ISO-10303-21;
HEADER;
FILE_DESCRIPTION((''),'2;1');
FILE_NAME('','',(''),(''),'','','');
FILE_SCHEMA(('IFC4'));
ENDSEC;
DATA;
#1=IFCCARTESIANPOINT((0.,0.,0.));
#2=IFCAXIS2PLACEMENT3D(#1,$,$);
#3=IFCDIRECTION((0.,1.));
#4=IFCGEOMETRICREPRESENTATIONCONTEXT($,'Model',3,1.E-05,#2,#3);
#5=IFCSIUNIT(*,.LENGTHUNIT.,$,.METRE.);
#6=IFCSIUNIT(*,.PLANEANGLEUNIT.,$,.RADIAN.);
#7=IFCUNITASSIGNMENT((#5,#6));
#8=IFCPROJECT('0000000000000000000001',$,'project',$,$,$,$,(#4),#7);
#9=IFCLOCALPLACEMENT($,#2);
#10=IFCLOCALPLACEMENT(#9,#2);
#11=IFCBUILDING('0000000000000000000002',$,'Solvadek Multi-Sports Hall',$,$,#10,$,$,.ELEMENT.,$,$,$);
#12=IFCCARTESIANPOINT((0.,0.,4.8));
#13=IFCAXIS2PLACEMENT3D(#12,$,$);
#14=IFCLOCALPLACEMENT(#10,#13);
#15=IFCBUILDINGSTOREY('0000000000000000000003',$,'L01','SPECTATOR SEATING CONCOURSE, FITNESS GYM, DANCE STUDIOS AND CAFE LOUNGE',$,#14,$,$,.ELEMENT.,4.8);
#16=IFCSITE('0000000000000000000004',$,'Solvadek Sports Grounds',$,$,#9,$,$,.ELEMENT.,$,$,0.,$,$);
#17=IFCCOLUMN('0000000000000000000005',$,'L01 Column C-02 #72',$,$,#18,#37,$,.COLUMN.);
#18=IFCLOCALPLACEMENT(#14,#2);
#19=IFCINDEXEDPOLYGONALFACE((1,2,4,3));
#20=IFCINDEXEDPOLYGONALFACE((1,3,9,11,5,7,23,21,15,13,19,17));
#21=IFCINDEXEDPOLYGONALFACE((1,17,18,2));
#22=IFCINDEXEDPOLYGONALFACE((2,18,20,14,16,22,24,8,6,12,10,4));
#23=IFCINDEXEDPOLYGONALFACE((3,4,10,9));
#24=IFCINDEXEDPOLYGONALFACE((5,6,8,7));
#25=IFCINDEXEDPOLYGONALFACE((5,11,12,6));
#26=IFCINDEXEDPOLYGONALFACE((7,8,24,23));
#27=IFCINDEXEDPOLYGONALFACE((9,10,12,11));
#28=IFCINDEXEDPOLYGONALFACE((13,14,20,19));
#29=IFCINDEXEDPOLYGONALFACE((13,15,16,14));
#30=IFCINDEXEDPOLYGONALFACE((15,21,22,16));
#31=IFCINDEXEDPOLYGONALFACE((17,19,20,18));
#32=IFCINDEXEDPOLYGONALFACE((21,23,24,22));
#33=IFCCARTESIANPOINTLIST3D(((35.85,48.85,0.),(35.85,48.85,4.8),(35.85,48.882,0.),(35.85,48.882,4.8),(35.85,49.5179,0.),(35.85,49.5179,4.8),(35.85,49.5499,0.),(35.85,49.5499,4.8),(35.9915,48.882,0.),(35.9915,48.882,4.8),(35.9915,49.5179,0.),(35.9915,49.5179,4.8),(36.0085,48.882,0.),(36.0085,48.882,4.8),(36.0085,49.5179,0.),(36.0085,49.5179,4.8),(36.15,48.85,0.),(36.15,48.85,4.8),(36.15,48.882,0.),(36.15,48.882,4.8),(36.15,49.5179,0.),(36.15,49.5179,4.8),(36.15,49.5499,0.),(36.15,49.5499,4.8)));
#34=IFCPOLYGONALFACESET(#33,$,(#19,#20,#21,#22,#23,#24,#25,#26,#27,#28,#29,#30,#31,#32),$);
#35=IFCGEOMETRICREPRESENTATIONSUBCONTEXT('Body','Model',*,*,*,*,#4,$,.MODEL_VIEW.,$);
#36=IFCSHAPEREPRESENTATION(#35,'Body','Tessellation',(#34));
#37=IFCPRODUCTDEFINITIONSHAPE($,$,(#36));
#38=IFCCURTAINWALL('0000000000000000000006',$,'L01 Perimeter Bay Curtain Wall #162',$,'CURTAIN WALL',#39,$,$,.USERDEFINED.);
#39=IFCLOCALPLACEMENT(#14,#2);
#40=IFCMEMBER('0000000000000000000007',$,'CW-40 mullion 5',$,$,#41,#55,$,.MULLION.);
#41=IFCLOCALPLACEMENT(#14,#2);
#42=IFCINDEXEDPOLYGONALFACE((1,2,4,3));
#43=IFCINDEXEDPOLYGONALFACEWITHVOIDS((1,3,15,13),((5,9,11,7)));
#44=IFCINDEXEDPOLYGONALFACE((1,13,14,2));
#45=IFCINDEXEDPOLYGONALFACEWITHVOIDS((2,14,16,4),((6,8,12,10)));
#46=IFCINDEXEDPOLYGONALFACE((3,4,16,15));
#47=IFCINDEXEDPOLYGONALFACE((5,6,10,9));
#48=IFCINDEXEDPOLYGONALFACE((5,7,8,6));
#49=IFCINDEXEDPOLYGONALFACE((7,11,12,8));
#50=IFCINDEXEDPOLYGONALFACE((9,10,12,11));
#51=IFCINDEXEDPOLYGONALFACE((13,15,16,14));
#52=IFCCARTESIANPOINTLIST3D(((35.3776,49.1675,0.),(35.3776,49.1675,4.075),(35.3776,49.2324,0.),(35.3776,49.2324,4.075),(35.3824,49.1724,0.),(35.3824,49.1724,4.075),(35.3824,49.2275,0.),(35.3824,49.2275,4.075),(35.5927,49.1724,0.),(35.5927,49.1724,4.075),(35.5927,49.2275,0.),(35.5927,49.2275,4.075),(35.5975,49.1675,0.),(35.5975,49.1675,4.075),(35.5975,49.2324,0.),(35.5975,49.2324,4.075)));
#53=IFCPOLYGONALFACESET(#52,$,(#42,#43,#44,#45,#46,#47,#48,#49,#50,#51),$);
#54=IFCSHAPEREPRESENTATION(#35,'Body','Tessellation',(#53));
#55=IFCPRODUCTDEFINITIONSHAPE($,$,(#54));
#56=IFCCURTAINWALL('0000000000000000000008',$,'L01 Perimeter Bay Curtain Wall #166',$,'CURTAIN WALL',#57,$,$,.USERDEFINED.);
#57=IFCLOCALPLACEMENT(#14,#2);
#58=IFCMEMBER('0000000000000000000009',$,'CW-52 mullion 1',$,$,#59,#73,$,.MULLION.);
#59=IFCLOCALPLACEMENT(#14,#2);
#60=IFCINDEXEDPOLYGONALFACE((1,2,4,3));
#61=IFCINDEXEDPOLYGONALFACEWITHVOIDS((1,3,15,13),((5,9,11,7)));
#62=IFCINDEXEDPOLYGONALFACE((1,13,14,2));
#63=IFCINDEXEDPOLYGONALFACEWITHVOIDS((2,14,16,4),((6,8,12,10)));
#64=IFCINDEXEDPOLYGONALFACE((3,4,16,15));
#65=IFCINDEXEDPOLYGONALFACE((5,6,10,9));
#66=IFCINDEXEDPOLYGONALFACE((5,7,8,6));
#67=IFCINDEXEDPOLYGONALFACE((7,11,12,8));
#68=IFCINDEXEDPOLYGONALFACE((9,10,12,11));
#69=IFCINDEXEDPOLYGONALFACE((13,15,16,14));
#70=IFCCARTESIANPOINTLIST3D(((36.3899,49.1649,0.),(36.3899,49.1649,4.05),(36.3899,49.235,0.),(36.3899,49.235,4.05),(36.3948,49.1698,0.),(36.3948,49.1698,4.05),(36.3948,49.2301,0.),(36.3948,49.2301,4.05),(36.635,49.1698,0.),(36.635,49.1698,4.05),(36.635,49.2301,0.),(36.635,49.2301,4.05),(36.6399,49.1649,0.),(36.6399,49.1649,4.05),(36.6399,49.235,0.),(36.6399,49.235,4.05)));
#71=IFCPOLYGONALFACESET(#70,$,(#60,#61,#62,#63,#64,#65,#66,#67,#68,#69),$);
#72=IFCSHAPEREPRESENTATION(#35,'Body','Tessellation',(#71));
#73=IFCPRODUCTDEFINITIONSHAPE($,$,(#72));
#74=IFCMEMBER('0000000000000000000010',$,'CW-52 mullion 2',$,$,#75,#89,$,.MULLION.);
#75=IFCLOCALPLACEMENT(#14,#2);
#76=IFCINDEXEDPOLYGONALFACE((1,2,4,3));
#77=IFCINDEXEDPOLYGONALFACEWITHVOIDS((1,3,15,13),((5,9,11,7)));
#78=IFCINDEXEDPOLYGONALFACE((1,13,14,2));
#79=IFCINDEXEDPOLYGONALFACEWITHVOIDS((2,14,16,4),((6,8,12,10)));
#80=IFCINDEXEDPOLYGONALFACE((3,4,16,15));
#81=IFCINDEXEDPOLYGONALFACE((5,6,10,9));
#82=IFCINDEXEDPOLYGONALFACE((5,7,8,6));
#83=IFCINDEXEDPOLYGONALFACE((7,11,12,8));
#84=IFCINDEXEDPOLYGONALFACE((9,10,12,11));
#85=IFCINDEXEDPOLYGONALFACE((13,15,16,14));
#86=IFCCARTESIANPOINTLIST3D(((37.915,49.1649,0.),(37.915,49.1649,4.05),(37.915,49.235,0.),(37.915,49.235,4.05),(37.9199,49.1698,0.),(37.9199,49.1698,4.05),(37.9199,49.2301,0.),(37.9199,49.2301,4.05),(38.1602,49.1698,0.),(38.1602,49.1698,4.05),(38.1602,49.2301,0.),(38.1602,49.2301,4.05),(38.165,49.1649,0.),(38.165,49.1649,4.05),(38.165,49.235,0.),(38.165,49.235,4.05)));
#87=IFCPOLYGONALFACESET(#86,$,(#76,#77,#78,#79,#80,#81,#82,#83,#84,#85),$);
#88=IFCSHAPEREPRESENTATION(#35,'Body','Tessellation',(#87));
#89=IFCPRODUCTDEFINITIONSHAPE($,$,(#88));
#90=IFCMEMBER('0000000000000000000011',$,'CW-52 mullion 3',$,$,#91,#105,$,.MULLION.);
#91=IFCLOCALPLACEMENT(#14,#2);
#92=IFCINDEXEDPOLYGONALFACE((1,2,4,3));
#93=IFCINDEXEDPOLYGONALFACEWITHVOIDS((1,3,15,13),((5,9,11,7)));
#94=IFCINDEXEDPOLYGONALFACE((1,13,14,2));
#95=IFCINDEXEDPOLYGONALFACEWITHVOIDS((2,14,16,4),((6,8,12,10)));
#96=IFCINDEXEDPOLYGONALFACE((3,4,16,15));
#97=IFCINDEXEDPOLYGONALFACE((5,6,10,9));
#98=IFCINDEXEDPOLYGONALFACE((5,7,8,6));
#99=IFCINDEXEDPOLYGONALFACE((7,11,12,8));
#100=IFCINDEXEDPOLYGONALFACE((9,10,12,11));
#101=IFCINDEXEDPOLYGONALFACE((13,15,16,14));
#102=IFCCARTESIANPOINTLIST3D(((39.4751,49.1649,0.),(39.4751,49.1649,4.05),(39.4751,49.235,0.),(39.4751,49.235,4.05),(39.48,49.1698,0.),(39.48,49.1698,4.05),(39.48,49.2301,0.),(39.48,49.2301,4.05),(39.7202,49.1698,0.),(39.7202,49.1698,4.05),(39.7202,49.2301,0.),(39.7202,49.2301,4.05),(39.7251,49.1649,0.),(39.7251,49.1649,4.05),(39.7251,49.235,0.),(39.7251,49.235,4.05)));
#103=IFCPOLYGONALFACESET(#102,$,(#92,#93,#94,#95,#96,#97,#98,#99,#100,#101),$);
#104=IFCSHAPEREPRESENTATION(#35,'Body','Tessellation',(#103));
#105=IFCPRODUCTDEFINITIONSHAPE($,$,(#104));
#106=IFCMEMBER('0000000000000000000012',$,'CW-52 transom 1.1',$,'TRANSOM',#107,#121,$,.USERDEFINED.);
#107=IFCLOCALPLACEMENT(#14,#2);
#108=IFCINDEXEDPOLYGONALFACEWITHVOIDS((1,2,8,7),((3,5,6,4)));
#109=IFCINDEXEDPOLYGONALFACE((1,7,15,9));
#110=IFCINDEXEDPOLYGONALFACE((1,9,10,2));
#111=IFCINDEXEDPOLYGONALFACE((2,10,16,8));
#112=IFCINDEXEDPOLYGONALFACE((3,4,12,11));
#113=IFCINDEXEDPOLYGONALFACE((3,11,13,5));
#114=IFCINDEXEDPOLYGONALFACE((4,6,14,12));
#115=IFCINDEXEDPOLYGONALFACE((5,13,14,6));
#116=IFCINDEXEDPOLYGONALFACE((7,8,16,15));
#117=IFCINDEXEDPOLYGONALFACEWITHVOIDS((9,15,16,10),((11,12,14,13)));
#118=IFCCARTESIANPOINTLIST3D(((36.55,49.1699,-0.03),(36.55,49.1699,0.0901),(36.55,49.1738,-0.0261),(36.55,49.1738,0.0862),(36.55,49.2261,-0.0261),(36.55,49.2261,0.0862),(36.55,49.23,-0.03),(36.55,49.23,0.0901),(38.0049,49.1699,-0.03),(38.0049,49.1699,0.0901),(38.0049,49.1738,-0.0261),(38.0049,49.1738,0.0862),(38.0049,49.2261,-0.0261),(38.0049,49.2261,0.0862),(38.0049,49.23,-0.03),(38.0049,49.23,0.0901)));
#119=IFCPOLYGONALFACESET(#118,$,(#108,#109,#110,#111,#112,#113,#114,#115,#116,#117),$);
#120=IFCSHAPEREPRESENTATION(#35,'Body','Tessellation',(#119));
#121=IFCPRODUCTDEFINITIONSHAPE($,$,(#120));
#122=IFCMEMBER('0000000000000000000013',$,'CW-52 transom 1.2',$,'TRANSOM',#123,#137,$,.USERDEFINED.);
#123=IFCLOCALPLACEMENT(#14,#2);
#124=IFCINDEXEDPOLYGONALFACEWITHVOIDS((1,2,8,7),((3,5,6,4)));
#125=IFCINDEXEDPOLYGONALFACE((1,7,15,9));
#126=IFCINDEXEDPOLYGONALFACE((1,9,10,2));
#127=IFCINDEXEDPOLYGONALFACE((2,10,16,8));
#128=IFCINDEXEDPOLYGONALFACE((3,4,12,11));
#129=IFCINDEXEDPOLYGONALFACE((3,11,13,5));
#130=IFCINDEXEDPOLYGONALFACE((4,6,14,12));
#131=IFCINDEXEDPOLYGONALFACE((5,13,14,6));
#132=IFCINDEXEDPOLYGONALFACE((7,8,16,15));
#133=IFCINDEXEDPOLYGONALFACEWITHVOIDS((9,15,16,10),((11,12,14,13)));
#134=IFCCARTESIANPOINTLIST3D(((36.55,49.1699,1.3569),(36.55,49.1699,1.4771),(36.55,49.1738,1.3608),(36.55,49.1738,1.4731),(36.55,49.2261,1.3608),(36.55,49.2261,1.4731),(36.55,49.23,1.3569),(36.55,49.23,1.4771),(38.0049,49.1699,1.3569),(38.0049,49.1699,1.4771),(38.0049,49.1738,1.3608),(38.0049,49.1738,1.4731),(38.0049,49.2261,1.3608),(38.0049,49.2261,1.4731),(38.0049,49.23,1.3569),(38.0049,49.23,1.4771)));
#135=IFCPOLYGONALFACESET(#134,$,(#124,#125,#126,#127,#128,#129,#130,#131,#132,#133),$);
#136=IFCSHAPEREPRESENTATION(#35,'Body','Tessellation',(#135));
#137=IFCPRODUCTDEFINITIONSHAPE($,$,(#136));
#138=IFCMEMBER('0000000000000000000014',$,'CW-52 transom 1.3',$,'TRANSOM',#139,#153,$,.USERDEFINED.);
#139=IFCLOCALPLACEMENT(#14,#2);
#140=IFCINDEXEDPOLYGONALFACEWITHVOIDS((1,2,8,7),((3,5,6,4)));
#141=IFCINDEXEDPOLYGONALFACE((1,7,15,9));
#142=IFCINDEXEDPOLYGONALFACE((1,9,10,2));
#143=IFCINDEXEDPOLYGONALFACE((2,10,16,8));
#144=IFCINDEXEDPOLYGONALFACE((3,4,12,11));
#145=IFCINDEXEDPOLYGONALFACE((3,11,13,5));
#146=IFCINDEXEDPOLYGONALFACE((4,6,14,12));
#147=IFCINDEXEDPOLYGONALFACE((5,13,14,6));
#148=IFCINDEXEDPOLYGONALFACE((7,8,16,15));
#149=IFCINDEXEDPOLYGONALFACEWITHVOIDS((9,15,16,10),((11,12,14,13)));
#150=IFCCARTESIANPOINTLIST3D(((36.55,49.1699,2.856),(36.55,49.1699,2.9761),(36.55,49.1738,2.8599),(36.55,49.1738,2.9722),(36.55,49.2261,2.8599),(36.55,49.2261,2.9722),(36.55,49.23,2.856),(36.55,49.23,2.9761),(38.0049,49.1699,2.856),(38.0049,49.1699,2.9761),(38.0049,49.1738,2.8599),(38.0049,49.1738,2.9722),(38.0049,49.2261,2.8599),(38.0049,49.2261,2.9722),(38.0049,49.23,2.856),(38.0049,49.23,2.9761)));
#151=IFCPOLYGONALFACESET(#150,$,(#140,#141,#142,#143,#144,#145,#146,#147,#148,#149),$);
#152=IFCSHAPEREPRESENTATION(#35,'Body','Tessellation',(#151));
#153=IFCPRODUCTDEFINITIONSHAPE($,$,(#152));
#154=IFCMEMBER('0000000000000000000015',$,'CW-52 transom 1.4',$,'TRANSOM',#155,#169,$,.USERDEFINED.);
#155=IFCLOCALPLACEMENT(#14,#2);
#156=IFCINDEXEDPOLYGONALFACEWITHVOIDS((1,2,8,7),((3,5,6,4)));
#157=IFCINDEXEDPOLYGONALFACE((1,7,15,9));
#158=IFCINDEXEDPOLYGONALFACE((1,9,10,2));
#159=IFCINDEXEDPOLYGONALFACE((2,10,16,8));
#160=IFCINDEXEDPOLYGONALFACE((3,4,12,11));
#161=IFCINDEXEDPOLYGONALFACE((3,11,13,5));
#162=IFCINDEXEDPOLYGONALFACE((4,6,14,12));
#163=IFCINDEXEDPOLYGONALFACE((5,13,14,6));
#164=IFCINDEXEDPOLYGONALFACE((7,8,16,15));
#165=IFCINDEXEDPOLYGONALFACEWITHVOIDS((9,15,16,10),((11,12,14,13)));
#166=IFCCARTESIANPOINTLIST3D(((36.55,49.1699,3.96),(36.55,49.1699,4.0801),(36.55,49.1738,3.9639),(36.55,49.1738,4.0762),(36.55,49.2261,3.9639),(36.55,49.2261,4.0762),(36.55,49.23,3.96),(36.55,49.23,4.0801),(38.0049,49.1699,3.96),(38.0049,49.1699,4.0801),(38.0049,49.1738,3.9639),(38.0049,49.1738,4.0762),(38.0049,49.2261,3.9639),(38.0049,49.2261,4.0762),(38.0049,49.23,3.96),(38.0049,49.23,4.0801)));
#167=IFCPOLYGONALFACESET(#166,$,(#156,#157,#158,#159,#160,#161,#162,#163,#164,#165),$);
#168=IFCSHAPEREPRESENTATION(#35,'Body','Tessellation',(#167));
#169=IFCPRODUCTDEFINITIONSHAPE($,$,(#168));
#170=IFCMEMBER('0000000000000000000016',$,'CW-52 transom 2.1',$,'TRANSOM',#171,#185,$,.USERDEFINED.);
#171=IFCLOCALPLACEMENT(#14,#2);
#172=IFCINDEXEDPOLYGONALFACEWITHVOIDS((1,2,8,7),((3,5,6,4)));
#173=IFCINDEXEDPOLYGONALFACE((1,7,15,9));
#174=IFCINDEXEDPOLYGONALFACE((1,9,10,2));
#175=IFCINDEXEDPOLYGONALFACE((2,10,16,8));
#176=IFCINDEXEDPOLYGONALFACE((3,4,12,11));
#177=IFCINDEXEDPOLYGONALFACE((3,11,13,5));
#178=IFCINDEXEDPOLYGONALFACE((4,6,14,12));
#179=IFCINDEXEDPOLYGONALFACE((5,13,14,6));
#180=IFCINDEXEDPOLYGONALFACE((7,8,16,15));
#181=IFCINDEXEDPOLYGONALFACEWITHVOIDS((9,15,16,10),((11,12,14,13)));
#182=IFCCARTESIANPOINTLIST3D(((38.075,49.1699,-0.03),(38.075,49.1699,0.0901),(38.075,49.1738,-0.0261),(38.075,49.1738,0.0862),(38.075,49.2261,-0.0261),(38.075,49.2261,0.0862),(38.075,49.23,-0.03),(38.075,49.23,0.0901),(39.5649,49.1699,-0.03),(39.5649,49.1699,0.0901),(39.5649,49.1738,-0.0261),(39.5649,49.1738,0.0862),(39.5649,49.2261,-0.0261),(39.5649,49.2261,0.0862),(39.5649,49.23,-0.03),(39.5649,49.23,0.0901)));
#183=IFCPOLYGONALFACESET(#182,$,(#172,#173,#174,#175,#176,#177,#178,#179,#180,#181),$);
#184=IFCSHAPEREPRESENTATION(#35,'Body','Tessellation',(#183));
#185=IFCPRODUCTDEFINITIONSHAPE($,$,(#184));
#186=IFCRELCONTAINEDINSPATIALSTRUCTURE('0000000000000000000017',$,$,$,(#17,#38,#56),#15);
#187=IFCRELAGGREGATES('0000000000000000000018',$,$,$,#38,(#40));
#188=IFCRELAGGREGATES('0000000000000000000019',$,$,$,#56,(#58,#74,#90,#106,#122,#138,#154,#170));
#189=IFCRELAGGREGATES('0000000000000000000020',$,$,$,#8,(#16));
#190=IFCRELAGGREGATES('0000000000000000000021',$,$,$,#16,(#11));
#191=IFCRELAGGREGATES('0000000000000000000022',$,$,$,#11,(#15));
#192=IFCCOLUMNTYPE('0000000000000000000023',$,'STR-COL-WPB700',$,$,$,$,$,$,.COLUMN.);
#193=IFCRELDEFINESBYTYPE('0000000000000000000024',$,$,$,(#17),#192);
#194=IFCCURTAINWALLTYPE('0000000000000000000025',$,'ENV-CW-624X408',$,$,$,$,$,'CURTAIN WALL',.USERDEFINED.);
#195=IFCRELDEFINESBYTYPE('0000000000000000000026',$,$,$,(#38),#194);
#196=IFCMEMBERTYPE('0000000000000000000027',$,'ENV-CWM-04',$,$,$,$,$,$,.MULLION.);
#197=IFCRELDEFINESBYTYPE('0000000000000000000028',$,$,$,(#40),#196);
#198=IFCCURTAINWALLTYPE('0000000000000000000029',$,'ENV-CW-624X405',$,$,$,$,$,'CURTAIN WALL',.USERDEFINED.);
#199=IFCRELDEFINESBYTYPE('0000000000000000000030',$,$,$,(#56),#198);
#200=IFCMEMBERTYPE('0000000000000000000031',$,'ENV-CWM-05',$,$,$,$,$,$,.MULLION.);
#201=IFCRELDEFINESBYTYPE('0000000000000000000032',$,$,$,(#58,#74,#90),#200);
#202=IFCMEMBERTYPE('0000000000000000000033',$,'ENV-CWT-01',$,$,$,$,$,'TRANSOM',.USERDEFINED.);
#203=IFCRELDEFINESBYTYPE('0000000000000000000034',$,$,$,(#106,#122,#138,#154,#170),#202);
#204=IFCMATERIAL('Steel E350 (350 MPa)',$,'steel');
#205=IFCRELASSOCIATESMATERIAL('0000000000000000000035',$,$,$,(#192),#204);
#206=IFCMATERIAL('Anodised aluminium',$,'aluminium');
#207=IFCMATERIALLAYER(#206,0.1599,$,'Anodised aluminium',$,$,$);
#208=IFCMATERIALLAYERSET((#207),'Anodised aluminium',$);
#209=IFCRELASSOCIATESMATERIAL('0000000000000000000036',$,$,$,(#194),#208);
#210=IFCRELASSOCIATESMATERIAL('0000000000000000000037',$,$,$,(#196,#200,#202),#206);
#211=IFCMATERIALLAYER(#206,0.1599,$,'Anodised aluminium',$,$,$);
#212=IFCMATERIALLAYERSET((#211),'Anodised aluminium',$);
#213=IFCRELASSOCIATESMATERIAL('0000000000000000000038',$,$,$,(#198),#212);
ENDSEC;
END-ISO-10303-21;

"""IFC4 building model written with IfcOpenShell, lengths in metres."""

from ifc_helpers import new_model, si_unit, direction, frame, origin, origin_2d, place, context, subcontext, project, spatial, hollow_rectangle, i_section, extrude, material, layer, layer_set, material_profile, profile_set, type_object, element, aggregate, save


model = new_model("IFC4")

# Units and contexts
model_context = context("Model", 3, precision=1e-05, world=origin(), true_north=direction((0.0, 1.0)))
body_context = subcontext(model_context, "Body", "Model", "MODEL_VIEW")
ifc_project = project(units=[si_unit("LENGTHUNIT", "METRE"), si_unit("PLANEANGLEUNIT", "RADIAN")], contexts=[model_context])

# Site, building, storey
site_placement = place(None, origin())
site = spatial("IfcSite", under=ifc_project, at=site_placement, Name="Solvadek Sports Grounds", CompositionType="ELEMENT", RefElevation=0.0)
building_placement = place(site_placement, origin())
building = spatial("IfcBuilding", under=site, at=building_placement, Name="Solvadek Multi-Sports Hall", CompositionType="ELEMENT")
storey_placement = place(building_placement, frame((0.0, 0.0, 4.8)))
storey = spatial("IfcBuildingStorey", under=building, at=storey_placement, Name="L01", Description="SPECTATOR SEATING CONCOURSE, FITNESS GYM, DANCE STUDIOS AND CAFE LOUNGE", CompositionType="ELEMENT", Elevation=4.8)

# Column
ifc_material_1 = material(Name="Steel E350 (350 MPa)", Category="steel")
ifc_material_profile_1 = material_profile(ifc_material_1, i_section(OverallWidth=0.3, OverallDepth=0.7, WebThickness=0.0171, FlangeThickness=0.032, at=origin_2d()), Name="WPB 700")
ifc_profile_set_1 = profile_set([ifc_material_profile_1], Name="Steel E350 (350 MPa)")
column_type = type_object("IfcColumnType", Name="STR-COL-WPB700", PredefinedType="COLUMN", material=ifc_profile_set_1)
column_placement = place(storey_placement, frame((36.0, 49.2, 0.0), z_axis=(0.0, 0.0, 1.0), x_axis=(1.0, 0.0, 0.0)))
element("IfcColumn", 1, at=column_placement, inside=storey, type_object=column_type, Name="L01 Column C-02 #72", PredefinedType="COLUMN", context=body_context, shape_type="SweptSolid", body=[
    extrude(i_section(OverallWidth=0.3, OverallDepth=0.7, WebThickness=0.0171, FlangeThickness=0.032, at=origin_2d()), origin(), (0.0, 0.0, 1.0), 4.8),
])

# Curtain wall, member
ifc_material_2 = material(Name="Anodised aluminium", Category="aluminium")
ifc_layer_1 = layer(ifc_material_2, 0.1599, Name="Anodised aluminium")
ifc_layer_set_1 = layer_set([ifc_layer_1], Name="Anodised aluminium")
curtain_wall_type_1 = type_object("IfcCurtainWallType", Name="ENV-CW-624X408", ElementType="CURTAIN WALL", PredefinedType="USERDEFINED", material=ifc_layer_set_1)
curtain_wall_1_placement = place(storey_placement, origin())
curtain_wall_1 = element("IfcCurtainWall", 2, at=curtain_wall_1_placement, inside=storey, type_object=curtain_wall_type_1, Name="L01 Perimeter Bay Curtain Wall #162", ObjectType="CURTAIN WALL", PredefinedType="USERDEFINED")
ifc_material_profile_2 = material_profile(ifc_material_2, hollow_rectangle(XDim=0.0649, YDim=0.22, WallThickness=0.0049, at=origin_2d()), Name="ALU-M 220x65x5")
ifc_profile_set_2 = profile_set([ifc_material_profile_2], Name="Anodised aluminium")
member_type_1 = type_object("IfcMemberType", Name="ENV-CWM-04", PredefinedType="MULLION", material=ifc_profile_set_2)
member_1_placement = place(storey_placement, frame((35.4875, 49.2, 0.0), z_axis=(0.0, 0.0, 1.0), x_axis=(0.0, 1.0, 0.0)))
member_1 = element("IfcMember", 3, at=member_1_placement, type_object=member_type_1, Name="CW-40 mullion 5", PredefinedType="MULLION", context=body_context, shape_type="SweptSolid", body=[
    extrude(hollow_rectangle(XDim=0.0649, YDim=0.22, WallThickness=0.0049, at=origin_2d()), origin(), (0.0, 0.0, 1.0), 4.075),
])

# Curtain wall, members
ifc_layer_2 = layer(ifc_material_2, 0.1599, Name="Anodised aluminium")
ifc_layer_set_2 = layer_set([ifc_layer_2], Name="Anodised aluminium")
curtain_wall_type_2 = type_object("IfcCurtainWallType", Name="ENV-CW-624X405", ElementType="CURTAIN WALL", PredefinedType="USERDEFINED", material=ifc_layer_set_2)
curtain_wall_2_placement = place(storey_placement, origin())
curtain_wall_2 = element("IfcCurtainWall", 4, at=curtain_wall_2_placement, inside=storey, type_object=curtain_wall_type_2, Name="L01 Perimeter Bay Curtain Wall #166", ObjectType="CURTAIN WALL", PredefinedType="USERDEFINED")
ifc_material_profile_3 = material_profile(ifc_material_2, hollow_rectangle(XDim=0.0701, YDim=0.25, WallThickness=0.0049, at=origin_2d()), Name="ALU-M 250x70x5")
ifc_profile_set_3 = profile_set([ifc_material_profile_3], Name="Anodised aluminium")
member_type_2 = type_object("IfcMemberType", Name="ENV-CWM-05", PredefinedType="MULLION", material=ifc_profile_set_3)
member_2_placement = place(storey_placement, frame((36.5149, 49.2, 0.0), z_axis=(0.0, 0.0, 1.0), x_axis=(0.0, 1.0, 0.0)))
member_2 = element("IfcMember", 5, at=member_2_placement, type_object=member_type_2, Name="CW-52 mullion 1", PredefinedType="MULLION", context=body_context, shape_type="SweptSolid", body=[
    extrude(hollow_rectangle(XDim=0.0701, YDim=0.25, WallThickness=0.0049, at=origin_2d()), origin(), (0.0, 0.0, 1.0), 4.05),
])
member_3_placement = place(storey_placement, frame((38.04, 49.2, 0.0), z_axis=(0.0, 0.0, 1.0), x_axis=(0.0, 1.0, 0.0)))
member_3 = element("IfcMember", 6, at=member_3_placement, type_object=member_type_2, Name="CW-52 mullion 2", PredefinedType="MULLION", context=body_context, shape_type="SweptSolid", body=[
    extrude(hollow_rectangle(XDim=0.0701, YDim=0.25, WallThickness=0.0049, at=origin_2d()), origin(), (0.0, 0.0, 1.0), 4.05),
])
member_4_placement = place(storey_placement, frame((39.6001, 49.2, 0.0), z_axis=(0.0, 0.0, 1.0), x_axis=(0.0, 1.0, 0.0)))
member_4 = element("IfcMember", 7, at=member_4_placement, type_object=member_type_2, Name="CW-52 mullion 3", PredefinedType="MULLION", context=body_context, shape_type="SweptSolid", body=[
    extrude(hollow_rectangle(XDim=0.0701, YDim=0.25, WallThickness=0.0049, at=origin_2d()), origin(), (0.0, 0.0, 1.0), 4.05),
])
ifc_material_profile_4 = material_profile(ifc_material_2, hollow_rectangle(XDim=0.0601, YDim=0.1201, WallThickness=0.0039, at=origin_2d()), Name="ALU-T 120x60x4")
ifc_profile_set_4 = profile_set([ifc_material_profile_4], Name="Anodised aluminium")
member_type_3 = type_object("IfcMemberType", Name="ENV-CWT-01", ElementType="TRANSOM", PredefinedType="USERDEFINED", material=ifc_profile_set_4)
member_5_placement = place(storey_placement, frame((36.55, 49.2, 0.03), z_axis=(1.0, 0.0, 0.0), x_axis=(0.0, 1.0, 0.0)))
member_5 = element("IfcMember", 8, at=member_5_placement, type_object=member_type_3, Name="CW-52 transom 1.1", ObjectType="TRANSOM", PredefinedType="USERDEFINED", context=body_context, shape_type="SweptSolid", body=[
    extrude(hollow_rectangle(XDim=0.0601, YDim=0.1201, WallThickness=0.0039, at=origin_2d()), origin(), (0.0, 0.0, 1.0), 1.4548),
])
member_6_placement = place(storey_placement, frame((36.55, 49.2, 1.417), z_axis=(1.0, 0.0, 0.0), x_axis=(0.0, 1.0, 0.0)))
member_6 = element("IfcMember", 9, at=member_6_placement, type_object=member_type_3, Name="CW-52 transom 1.2", ObjectType="TRANSOM", PredefinedType="USERDEFINED", context=body_context, shape_type="SweptSolid", body=[
    extrude(hollow_rectangle(XDim=0.0601, YDim=0.1201, WallThickness=0.0039, at=origin_2d()), origin(), (0.0, 0.0, 1.0), 1.4548),
])
member_7_placement = place(storey_placement, frame((36.55, 49.2, 2.916), z_axis=(1.0, 0.0, 0.0), x_axis=(0.0, 1.0, 0.0)))
member_7 = element("IfcMember", 10, at=member_7_placement, type_object=member_type_3, Name="CW-52 transom 1.3", ObjectType="TRANSOM", PredefinedType="USERDEFINED", context=body_context, shape_type="SweptSolid", body=[
    extrude(hollow_rectangle(XDim=0.0601, YDim=0.1201, WallThickness=0.0039, at=origin_2d()), origin(), (0.0, 0.0, 1.0), 1.4548),
])
member_8_placement = place(storey_placement, frame((36.55, 49.2, 4.02), z_axis=(1.0, 0.0, 0.0), x_axis=(0.0, 1.0, 0.0)))
member_8 = element("IfcMember", 11, at=member_8_placement, type_object=member_type_3, Name="CW-52 transom 1.4", ObjectType="TRANSOM", PredefinedType="USERDEFINED", context=body_context, shape_type="SweptSolid", body=[
    extrude(hollow_rectangle(XDim=0.0601, YDim=0.1201, WallThickness=0.0039, at=origin_2d()), origin(), (0.0, 0.0, 1.0), 1.4548),
])
member_9_placement = place(storey_placement, frame((38.075, 49.2, 0.03), z_axis=(1.0, 0.0, 0.0), x_axis=(0.0, 1.0, 0.0)))
member_9 = element("IfcMember", 12, at=member_9_placement, type_object=member_type_3, Name="CW-52 transom 2.1", ObjectType="TRANSOM", PredefinedType="USERDEFINED", context=body_context, shape_type="SweptSolid", body=[
    extrude(hollow_rectangle(XDim=0.0601, YDim=0.1201, WallThickness=0.0039, at=origin_2d()), origin(), (0.0, 0.0, 1.0), 1.49),
])

aggregate(curtain_wall_1, [member_1])
aggregate(curtain_wall_2, [member_2, member_3, member_4, member_5, member_6, member_7, member_8, member_9])

save(model, "model.ifc")
